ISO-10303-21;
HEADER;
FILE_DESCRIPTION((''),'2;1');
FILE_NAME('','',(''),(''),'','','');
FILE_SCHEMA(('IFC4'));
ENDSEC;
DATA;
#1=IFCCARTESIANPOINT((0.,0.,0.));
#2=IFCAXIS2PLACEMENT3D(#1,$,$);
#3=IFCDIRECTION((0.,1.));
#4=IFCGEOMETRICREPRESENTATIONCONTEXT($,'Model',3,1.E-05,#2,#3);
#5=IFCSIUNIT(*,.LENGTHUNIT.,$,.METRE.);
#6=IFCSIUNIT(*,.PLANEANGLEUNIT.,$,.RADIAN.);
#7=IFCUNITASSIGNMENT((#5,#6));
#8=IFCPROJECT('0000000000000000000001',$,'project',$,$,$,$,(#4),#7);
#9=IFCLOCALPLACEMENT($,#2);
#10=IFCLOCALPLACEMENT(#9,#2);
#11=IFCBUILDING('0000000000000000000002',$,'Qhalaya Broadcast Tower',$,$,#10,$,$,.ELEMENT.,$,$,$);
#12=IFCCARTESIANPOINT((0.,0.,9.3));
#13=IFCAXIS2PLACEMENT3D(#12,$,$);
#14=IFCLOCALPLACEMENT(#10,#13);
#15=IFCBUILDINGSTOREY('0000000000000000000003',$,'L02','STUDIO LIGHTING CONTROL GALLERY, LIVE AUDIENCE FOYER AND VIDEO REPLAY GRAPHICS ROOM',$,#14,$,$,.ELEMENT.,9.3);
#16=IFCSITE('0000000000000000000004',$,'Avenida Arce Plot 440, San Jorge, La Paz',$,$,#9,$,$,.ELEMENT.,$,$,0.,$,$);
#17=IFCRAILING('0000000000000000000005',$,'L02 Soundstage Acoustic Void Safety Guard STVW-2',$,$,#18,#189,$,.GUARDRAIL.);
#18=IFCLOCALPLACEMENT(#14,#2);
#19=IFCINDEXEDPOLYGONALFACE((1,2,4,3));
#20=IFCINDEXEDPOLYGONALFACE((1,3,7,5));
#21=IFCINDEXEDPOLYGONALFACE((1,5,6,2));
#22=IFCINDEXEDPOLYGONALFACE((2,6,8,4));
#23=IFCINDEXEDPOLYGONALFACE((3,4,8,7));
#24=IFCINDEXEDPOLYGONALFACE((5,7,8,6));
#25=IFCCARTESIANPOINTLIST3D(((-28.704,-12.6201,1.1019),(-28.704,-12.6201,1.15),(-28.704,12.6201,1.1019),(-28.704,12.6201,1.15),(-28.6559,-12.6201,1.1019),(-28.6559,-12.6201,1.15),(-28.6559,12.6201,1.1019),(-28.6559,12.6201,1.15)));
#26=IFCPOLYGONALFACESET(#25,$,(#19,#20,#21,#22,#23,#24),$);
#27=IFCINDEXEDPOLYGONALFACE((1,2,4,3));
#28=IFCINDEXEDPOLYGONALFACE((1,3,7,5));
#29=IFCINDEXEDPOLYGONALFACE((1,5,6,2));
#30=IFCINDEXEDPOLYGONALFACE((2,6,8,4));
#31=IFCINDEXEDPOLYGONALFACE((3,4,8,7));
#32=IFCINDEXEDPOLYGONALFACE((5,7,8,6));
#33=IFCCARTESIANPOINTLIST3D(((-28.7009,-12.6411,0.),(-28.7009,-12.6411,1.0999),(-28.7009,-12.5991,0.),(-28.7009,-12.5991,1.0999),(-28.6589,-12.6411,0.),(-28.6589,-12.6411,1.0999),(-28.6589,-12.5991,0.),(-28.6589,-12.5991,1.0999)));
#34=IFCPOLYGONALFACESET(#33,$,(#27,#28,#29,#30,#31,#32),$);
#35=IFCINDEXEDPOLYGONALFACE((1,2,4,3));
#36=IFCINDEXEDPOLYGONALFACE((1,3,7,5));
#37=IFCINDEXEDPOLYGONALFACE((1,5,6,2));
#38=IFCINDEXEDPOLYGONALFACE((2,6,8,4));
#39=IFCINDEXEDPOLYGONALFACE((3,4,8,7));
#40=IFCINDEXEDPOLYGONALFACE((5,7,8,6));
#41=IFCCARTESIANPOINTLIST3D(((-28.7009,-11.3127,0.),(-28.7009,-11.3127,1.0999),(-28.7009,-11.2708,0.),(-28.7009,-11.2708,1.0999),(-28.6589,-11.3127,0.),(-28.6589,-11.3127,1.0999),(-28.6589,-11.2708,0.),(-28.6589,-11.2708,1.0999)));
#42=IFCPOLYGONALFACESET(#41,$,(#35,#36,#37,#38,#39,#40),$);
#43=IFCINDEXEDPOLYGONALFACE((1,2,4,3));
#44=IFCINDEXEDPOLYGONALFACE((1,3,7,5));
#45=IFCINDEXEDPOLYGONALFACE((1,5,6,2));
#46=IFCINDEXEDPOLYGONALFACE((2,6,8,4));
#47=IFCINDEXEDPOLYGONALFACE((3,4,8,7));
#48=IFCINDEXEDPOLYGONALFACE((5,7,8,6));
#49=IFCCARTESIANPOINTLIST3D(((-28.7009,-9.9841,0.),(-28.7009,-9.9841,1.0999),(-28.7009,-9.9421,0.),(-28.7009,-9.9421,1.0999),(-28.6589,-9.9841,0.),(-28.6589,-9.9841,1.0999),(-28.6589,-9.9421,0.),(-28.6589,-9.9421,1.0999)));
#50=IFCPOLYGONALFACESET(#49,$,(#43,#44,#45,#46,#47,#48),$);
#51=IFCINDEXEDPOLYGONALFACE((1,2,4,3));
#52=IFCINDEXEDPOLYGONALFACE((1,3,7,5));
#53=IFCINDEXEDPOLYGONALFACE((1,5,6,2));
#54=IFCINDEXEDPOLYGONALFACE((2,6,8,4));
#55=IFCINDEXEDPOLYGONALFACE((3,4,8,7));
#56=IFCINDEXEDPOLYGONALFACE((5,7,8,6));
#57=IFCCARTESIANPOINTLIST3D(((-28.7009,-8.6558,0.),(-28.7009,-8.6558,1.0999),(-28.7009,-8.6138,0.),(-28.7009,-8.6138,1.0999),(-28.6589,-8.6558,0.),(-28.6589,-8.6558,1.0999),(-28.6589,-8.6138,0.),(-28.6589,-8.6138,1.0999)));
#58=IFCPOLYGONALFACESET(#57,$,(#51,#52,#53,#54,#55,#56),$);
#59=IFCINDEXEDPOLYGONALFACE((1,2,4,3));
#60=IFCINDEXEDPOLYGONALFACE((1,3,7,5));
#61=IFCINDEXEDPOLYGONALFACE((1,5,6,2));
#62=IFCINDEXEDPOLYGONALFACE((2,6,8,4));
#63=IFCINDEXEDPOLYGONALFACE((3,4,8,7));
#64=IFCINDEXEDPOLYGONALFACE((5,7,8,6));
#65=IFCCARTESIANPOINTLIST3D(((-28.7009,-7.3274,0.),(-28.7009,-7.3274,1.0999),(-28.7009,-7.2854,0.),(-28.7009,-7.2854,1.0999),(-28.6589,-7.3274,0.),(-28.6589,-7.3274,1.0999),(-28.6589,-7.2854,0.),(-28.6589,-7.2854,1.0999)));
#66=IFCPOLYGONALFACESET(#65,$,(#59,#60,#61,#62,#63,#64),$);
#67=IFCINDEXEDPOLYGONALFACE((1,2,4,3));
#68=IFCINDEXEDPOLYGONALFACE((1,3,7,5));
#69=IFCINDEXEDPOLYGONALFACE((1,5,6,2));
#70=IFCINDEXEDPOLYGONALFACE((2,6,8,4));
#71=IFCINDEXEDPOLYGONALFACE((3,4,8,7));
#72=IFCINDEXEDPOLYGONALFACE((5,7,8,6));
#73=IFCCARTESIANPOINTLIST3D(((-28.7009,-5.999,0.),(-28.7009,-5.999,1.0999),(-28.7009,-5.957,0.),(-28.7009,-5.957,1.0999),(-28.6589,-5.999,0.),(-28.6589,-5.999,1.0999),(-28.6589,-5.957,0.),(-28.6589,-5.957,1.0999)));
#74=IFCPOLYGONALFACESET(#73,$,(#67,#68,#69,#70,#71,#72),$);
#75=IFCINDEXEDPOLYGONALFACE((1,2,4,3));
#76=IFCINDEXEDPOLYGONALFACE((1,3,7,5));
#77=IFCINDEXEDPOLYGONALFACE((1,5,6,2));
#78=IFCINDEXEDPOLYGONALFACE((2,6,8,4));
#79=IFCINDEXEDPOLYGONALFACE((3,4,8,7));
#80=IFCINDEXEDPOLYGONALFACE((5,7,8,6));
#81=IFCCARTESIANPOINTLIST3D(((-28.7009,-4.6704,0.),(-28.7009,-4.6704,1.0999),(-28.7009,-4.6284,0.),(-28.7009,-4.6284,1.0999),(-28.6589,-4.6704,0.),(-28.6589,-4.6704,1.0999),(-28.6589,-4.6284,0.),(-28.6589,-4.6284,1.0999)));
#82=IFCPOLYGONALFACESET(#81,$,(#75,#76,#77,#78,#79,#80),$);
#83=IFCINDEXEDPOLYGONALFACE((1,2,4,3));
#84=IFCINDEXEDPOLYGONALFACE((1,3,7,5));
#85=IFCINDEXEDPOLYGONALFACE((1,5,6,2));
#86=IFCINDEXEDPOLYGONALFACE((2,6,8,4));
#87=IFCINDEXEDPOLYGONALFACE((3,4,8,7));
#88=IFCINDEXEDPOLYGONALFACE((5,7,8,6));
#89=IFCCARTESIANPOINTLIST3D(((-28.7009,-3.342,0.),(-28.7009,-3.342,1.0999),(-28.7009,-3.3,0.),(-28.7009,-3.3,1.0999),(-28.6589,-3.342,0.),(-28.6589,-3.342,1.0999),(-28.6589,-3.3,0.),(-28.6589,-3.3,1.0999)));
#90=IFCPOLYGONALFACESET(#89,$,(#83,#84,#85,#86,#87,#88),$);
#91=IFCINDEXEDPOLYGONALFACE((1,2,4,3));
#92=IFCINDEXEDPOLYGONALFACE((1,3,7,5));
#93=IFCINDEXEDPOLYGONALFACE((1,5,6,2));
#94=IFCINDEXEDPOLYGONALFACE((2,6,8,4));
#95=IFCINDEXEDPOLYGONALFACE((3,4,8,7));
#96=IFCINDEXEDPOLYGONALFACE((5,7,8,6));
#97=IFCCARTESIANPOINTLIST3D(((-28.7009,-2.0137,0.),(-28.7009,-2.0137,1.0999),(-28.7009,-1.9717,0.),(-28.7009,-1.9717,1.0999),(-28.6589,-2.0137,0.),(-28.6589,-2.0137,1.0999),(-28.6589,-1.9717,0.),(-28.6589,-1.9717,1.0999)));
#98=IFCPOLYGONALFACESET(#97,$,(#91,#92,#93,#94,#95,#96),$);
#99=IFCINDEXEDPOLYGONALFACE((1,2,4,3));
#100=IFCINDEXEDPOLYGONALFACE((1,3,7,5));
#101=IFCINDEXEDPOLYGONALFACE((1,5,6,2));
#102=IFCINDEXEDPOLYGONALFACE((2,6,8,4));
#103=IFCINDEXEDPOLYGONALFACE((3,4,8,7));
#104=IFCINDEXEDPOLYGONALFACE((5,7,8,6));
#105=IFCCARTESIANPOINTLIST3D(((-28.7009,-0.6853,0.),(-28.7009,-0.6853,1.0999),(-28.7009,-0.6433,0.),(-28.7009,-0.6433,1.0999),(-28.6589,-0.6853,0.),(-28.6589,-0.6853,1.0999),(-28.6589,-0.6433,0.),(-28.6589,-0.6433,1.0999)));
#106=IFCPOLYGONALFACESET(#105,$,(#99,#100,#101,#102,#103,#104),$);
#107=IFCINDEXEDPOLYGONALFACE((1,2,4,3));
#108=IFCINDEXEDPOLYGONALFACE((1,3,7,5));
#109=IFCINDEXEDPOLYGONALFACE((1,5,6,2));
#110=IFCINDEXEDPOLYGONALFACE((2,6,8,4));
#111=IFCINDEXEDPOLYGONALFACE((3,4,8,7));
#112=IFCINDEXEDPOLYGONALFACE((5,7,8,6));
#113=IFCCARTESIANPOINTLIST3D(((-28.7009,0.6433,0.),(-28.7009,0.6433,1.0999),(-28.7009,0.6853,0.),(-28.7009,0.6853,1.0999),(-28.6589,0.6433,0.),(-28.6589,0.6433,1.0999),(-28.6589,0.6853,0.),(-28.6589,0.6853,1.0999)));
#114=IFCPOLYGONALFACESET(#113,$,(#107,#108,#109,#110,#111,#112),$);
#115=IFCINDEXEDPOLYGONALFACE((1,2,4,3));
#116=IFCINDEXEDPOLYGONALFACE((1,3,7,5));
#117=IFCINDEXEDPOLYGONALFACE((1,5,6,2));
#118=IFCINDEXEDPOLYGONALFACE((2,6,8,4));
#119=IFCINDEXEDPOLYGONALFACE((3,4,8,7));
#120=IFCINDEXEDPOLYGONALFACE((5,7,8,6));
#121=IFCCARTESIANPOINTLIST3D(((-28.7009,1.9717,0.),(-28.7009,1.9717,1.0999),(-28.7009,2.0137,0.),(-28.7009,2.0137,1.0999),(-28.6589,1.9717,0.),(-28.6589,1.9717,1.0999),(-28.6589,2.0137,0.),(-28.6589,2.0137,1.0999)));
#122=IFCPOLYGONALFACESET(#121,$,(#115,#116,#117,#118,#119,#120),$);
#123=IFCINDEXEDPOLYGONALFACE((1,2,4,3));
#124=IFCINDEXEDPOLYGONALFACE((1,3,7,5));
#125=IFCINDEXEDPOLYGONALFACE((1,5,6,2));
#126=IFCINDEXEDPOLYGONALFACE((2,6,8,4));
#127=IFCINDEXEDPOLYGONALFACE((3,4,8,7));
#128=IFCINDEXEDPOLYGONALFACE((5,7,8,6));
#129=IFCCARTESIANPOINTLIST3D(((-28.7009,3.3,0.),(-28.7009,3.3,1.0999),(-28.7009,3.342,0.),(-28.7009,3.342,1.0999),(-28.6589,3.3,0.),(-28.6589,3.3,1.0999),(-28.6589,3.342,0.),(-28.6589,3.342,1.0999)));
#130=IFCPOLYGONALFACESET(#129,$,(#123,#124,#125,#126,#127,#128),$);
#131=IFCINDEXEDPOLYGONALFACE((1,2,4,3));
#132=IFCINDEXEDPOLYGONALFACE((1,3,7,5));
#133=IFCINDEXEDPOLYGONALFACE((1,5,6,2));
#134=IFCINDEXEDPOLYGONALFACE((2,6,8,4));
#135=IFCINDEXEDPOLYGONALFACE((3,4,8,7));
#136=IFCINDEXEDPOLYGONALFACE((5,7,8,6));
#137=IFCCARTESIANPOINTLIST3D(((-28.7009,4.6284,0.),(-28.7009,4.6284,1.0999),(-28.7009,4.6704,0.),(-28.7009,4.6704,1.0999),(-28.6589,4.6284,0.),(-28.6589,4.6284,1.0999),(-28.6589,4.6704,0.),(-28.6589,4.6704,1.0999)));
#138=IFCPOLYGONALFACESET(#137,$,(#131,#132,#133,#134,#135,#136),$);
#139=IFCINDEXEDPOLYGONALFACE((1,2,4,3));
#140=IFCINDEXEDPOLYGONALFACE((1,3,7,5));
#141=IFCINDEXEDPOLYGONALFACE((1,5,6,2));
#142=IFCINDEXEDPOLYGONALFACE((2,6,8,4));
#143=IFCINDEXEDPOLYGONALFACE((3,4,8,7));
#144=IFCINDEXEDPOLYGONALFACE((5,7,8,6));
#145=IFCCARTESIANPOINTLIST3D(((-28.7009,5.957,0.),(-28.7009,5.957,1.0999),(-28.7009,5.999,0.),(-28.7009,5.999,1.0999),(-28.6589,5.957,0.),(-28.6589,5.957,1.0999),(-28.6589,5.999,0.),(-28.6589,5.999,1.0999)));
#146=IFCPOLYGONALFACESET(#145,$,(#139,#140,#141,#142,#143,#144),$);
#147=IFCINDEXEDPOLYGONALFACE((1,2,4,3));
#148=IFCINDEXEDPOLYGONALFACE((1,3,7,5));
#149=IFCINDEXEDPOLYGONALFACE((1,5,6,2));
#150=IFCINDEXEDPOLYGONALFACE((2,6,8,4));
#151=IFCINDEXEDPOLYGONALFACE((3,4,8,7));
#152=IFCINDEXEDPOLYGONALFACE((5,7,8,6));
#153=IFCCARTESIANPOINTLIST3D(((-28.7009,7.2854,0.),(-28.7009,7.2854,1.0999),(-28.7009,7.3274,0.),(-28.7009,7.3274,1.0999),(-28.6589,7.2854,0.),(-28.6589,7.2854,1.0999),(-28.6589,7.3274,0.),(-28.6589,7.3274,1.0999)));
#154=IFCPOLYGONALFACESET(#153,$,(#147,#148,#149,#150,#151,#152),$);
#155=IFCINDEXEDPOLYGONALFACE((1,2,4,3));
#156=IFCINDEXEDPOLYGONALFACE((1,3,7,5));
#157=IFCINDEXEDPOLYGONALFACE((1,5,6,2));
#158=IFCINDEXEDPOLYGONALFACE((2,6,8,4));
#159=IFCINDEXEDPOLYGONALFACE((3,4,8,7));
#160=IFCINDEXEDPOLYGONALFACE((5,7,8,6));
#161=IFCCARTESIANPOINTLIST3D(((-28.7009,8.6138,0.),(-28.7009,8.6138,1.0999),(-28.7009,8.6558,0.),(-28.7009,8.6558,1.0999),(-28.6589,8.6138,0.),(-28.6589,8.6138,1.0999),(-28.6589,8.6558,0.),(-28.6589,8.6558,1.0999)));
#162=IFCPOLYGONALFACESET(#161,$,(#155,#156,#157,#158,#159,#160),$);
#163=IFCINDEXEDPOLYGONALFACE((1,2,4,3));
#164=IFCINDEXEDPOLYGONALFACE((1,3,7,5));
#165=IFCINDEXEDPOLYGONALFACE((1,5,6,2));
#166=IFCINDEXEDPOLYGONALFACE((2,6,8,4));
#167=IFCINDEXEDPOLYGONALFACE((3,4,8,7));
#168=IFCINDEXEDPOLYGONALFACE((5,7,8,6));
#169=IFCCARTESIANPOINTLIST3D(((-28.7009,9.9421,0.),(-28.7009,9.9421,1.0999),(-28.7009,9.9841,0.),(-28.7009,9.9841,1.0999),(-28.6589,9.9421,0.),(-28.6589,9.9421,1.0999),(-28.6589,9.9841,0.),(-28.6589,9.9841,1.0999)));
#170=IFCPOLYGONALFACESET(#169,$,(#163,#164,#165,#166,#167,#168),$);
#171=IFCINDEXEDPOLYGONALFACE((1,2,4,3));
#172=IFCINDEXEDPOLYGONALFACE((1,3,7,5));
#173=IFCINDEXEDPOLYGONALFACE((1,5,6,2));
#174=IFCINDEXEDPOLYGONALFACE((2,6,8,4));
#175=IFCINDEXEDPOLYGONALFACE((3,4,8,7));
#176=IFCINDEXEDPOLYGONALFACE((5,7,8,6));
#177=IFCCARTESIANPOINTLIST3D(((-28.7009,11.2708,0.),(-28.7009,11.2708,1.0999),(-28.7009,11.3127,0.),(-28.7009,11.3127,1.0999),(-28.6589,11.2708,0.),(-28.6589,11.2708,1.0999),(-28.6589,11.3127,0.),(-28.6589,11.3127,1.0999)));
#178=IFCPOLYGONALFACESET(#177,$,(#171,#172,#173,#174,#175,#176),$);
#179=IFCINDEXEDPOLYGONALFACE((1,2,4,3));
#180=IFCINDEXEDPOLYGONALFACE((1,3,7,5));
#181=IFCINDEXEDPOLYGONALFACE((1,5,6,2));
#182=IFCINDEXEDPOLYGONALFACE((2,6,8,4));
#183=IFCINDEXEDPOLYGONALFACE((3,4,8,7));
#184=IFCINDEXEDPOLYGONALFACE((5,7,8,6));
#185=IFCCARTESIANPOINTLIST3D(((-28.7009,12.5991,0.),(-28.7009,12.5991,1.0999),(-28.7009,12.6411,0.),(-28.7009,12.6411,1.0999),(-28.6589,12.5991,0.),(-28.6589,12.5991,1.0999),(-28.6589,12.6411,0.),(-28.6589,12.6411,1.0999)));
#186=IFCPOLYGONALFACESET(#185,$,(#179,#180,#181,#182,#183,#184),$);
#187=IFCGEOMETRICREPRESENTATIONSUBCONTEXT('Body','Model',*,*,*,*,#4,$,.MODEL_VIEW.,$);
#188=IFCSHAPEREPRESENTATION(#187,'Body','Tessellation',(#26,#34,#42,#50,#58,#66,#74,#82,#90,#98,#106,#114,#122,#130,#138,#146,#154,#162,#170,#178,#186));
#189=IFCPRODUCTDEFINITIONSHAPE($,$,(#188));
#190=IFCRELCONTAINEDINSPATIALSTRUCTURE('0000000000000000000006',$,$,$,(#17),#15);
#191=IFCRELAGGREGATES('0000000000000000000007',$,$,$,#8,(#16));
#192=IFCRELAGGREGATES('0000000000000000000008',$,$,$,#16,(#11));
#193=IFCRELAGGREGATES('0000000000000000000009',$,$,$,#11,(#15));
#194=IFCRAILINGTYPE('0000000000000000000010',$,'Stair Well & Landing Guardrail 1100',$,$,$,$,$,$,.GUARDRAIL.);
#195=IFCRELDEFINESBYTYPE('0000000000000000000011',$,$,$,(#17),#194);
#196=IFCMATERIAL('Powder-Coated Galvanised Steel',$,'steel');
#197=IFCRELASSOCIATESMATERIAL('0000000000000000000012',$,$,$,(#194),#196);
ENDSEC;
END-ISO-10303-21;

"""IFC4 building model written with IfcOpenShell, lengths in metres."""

from ifc_helpers import new_model, si_unit, direction, frame, origin, origin_2d, place, context, subcontext, project, spatial, rectangle, extrude, material, type_object, element, save


model = new_model("IFC4")

# Units and contexts
model_context = context("Model", 3, precision=1e-05, world=origin(), true_north=direction((0.0, 1.0)))
body_context = subcontext(model_context, "Body", "Model", "MODEL_VIEW")
ifc_project = project(units=[si_unit("LENGTHUNIT", "METRE"), si_unit("PLANEANGLEUNIT", "RADIAN")], contexts=[model_context])

# Site, building, storey
site_placement = place(None, origin())
site = spatial("IfcSite", under=ifc_project, at=site_placement, Name="Avenida Arce Plot 440, San Jorge, La Paz", CompositionType="ELEMENT", RefElevation=0.0)
building_placement = place(site_placement, origin())
building = spatial("IfcBuilding", under=site, at=building_placement, Name="Qhalaya Broadcast Tower", CompositionType="ELEMENT")
storey_placement = place(building_placement, frame((0.0, 0.0, 9.3)))
storey = spatial("IfcBuildingStorey", under=building, at=storey_placement, Name="L02", Description="STUDIO LIGHTING CONTROL GALLERY, LIVE AUDIENCE FOYER AND VIDEO REPLAY GRAPHICS ROOM", CompositionType="ELEMENT", Elevation=9.3)

# Railing
ifc_material_1 = material(Name="Powder-Coated Galvanised Steel", Category="steel")
railing_type = type_object("IfcRailingType", Name="Stair Well & Landing Guardrail 1100", PredefinedType="GUARDRAIL", material=ifc_material_1)
railing_1_placement = place(storey_placement, frame((-28.6799, -12.6201, 0.0)))
element("IfcRailing", 1, at=railing_1_placement, inside=storey, type_object=railing_type, Name="L02 Soundstage Acoustic Void Safety Guard STVW-2", PredefinedType="GUARDRAIL", context=body_context, shape_type="SweptSolid", body=[
    extrude(rectangle(XDim=0.0481, YDim=0.0481, at=origin_2d()), frame((0.0, 0.0, 1.126), z_axis=(0.0, 1.0, 0.0), x_axis=(-1.0, 0.0, 0.0)), (0.0, 0.0, 1.0), 25.2402),
    extrude(rectangle(XDim=0.042, YDim=0.042, at=origin_2d()), origin(), (0.0, 0.0, 1.0), 1.0999),
    extrude(rectangle(XDim=0.042, YDim=0.042, at=origin_2d()), frame((0.0, 1.3284, 0.0)), (0.0, 0.0, 1.0), 1.0999),
    extrude(rectangle(XDim=0.042, YDim=0.042, at=origin_2d()), frame((0.0, 2.657, 0.0)), (0.0, 0.0, 1.0), 1.0999),
    extrude(rectangle(XDim=0.042, YDim=0.042, at=origin_2d()), frame((0.0, 3.9854, 0.0)), (0.0, 0.0, 1.0), 1.0999),
    extrude(rectangle(XDim=0.042, YDim=0.042, at=origin_2d()), frame((0.0, 5.3137, 0.0)), (0.0, 0.0, 1.0), 1.0999),
    extrude(rectangle(XDim=0.042, YDim=0.042, at=origin_2d()), frame((0.0, 6.6421, 0.0)), (0.0, 0.0, 1.0), 1.0999),
    extrude(rectangle(XDim=0.042, YDim=0.042, at=origin_2d()), frame((0.0, 7.9707, 0.0)), (0.0, 0.0, 1.0), 1.0999),
    extrude(rectangle(XDim=0.042, YDim=0.042, at=origin_2d()), frame((0.0, 9.2991, 0.0)), (0.0, 0.0, 1.0), 1.0999),
    extrude(rectangle(XDim=0.042, YDim=0.042, at=origin_2d()), frame((0.0, 10.6274, 0.0)), (0.0, 0.0, 1.0), 1.0999),
    extrude(rectangle(XDim=0.042, YDim=0.042, at=origin_2d()), frame((0.0, 11.9558, 0.0)), (0.0, 0.0, 1.0), 1.0999),
    extrude(rectangle(XDim=0.042, YDim=0.042, at=origin_2d()), frame((0.0, 13.2844, 0.0)), (0.0, 0.0, 1.0), 1.0999),
    extrude(rectangle(XDim=0.042, YDim=0.042, at=origin_2d()), frame((0.0, 14.6128, 0.0)), (0.0, 0.0, 1.0), 1.0999),
    extrude(rectangle(XDim=0.042, YDim=0.042, at=origin_2d()), frame((0.0, 15.9412, 0.0)), (0.0, 0.0, 1.0), 1.0999),
    extrude(rectangle(XDim=0.042, YDim=0.042, at=origin_2d()), frame((0.0, 17.2695, 0.0)), (0.0, 0.0, 1.0), 1.0999),
    extrude(rectangle(XDim=0.042, YDim=0.042, at=origin_2d()), frame((0.0, 18.5981, 0.0)), (0.0, 0.0, 1.0), 1.0999),
    extrude(rectangle(XDim=0.042, YDim=0.042, at=origin_2d()), frame((0.0, 19.9265, 0.0)), (0.0, 0.0, 1.0), 1.0999),
    extrude(rectangle(XDim=0.042, YDim=0.042, at=origin_2d()), frame((0.0, 21.2549, 0.0)), (0.0, 0.0, 1.0), 1.0999),
    extrude(rectangle(XDim=0.042, YDim=0.042, at=origin_2d()), frame((0.0, 22.5833, 0.0)), (0.0, 0.0, 1.0), 1.0999),
    extrude(rectangle(XDim=0.042, YDim=0.042, at=origin_2d()), frame((0.0, 23.9119, 0.0)), (0.0, 0.0, 1.0), 1.0999),
    extrude(rectangle(XDim=0.042, YDim=0.042, at=origin_2d()), frame((0.0, 25.2402, 0.0)), (0.0, 0.0, 1.0), 1.0999),
])

save(model, "model.ifc")
